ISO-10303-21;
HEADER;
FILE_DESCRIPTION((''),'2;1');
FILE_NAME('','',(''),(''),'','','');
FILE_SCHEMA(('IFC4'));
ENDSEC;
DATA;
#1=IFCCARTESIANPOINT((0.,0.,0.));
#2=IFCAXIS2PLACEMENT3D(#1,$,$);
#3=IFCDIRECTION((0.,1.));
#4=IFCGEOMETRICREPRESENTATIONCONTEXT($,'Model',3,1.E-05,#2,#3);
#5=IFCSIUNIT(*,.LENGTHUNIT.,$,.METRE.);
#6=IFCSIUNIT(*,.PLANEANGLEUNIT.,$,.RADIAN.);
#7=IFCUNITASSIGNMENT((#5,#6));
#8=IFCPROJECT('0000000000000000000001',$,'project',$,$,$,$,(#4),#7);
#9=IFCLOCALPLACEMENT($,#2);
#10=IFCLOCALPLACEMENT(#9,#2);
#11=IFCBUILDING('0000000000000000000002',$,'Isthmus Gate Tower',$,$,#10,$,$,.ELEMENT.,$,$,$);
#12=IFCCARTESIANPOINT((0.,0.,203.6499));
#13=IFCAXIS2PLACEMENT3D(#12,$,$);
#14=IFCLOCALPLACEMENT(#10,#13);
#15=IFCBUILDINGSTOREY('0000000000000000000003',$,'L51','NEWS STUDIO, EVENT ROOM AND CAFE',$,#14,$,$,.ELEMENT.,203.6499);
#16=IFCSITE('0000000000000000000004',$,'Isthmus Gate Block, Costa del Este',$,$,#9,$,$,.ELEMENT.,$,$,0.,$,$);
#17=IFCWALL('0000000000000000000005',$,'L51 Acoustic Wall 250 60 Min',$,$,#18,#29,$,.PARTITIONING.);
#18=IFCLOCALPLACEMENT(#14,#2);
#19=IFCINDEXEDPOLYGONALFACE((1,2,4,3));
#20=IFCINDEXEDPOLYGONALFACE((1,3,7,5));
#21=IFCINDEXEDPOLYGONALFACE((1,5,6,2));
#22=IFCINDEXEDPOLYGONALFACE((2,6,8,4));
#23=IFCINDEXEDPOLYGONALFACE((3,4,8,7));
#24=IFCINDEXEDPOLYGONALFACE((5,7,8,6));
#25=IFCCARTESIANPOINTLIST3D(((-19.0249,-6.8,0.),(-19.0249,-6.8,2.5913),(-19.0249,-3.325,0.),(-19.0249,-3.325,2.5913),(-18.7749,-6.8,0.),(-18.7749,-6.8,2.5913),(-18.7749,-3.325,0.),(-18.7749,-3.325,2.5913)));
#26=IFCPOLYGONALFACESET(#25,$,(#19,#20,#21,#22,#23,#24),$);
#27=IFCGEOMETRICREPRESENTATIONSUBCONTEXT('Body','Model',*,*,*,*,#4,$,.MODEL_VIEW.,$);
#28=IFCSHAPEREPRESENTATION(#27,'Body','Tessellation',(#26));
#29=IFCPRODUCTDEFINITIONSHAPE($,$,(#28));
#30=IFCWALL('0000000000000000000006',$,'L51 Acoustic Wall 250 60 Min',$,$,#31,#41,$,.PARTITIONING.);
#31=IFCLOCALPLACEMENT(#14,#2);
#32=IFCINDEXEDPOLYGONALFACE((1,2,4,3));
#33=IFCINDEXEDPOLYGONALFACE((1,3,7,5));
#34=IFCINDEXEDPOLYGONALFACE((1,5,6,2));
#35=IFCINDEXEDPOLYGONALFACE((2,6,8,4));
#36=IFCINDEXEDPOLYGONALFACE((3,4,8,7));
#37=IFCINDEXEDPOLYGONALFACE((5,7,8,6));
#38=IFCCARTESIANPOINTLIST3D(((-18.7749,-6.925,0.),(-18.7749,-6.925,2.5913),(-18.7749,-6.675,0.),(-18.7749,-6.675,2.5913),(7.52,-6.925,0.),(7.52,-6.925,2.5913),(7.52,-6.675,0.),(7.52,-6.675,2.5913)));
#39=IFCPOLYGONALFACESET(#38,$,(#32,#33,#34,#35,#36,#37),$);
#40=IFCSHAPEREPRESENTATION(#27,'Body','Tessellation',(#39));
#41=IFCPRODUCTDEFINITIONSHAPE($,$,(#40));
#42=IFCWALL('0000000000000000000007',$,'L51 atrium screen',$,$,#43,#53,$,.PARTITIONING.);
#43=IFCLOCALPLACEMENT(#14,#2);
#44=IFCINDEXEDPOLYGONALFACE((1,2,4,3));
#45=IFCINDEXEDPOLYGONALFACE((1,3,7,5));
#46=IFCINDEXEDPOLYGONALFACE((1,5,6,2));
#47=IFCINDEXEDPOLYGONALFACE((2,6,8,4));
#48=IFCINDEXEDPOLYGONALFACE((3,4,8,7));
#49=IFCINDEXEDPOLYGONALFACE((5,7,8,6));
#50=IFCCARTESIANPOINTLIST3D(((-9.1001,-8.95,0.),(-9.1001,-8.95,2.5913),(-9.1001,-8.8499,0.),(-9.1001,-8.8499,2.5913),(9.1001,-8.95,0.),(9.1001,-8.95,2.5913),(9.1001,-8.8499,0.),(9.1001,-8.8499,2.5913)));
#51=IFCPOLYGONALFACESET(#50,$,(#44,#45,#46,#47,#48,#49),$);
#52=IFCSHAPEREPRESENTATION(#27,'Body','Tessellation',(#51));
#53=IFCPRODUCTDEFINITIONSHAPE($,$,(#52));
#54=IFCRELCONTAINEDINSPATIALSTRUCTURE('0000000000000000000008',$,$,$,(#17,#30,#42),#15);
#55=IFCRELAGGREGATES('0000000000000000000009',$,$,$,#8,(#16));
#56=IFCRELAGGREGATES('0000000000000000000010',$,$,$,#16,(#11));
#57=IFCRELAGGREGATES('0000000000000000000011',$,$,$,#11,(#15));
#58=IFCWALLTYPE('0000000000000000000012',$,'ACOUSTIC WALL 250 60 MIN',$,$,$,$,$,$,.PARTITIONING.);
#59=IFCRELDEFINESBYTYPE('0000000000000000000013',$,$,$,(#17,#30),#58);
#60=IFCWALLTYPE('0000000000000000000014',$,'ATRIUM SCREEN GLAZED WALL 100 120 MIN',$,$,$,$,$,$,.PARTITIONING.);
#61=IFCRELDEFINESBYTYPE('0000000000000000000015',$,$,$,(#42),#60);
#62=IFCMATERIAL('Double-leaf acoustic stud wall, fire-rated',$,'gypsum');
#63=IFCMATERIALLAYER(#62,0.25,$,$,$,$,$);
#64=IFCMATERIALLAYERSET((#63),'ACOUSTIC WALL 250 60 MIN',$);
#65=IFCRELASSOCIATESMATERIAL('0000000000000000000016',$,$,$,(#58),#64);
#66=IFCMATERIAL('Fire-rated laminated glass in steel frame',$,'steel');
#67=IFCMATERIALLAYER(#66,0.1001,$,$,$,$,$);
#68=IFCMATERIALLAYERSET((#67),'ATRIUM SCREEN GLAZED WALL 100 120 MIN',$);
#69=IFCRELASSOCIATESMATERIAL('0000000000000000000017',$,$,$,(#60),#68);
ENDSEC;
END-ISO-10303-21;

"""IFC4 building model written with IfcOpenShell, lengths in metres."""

from ifc_helpers import new_model, si_unit, direction, frame, frame_2d, origin, place, context, subcontext, project, spatial, rectangle, extrude, material, layer, layer_set, type_object, element, save


model = new_model("IFC4")

# Units and contexts
model_context = context("Model", 3, precision=1e-05, world=origin(), true_north=direction((0.0, 1.0)))
body_context = subcontext(model_context, "Body", "Model", "MODEL_VIEW")
ifc_project = project(units=[si_unit("LENGTHUNIT", "METRE"), si_unit("PLANEANGLEUNIT", "RADIAN")], contexts=[model_context])

# Site, building, storey
site_placement = place(None, origin())
site = spatial("IfcSite", under=ifc_project, at=site_placement, Name="Isthmus Gate Block, Costa del Este", CompositionType="ELEMENT", RefElevation=0.0)
building_placement = place(site_placement, origin())
building = spatial("IfcBuilding", under=site, at=building_placement, Name="Isthmus Gate Tower", CompositionType="ELEMENT")
storey_placement = place(building_placement, frame((0.0, 0.0, 203.6499)))
storey = spatial("IfcBuildingStorey", under=building, at=storey_placement, Name="L51", Description="NEWS STUDIO, EVENT ROOM AND CAFE", CompositionType="ELEMENT", Elevation=203.6499)

# Walls
ifc_material_1 = material(Name="Double-leaf acoustic stud wall, fire-rated", Category="gypsum")
ifc_layer_1 = layer(ifc_material_1, 0.25)
ifc_layer_set_1 = layer_set([ifc_layer_1], Name="ACOUSTIC WALL 250 60 MIN")
wall_type_1 = type_object("IfcWallType", Name="ACOUSTIC WALL 250 60 MIN", PredefinedType="PARTITIONING", material=ifc_layer_set_1)
wall_1_placement = place(storey_placement, frame((-18.8999, -3.325, 0.0), z_axis=(0.0, 0.0, 1.0), x_axis=(0.0, -1.0, 0.0)))
element("IfcWall", 1, at=wall_1_placement, inside=storey, type_object=wall_type_1, Name="L51 Acoustic Wall 250 60 Min", PredefinedType="PARTITIONING", context=body_context, shape_type="SweptSolid", body=[
    extrude(rectangle(XDim=3.4751, YDim=0.25, at=frame_2d((1.7375, 0.0))), origin(), (0.0, 0.0, 1.0), 2.5913),
])
wall_2_placement = place(storey_placement, frame((-18.7749, -6.8, 0.0), z_axis=(0.0, 0.0, 1.0), x_axis=(1.0, 0.0, 0.0)))
element("IfcWall", 2, at=wall_2_placement, inside=storey, type_object=wall_type_1, Name="L51 Acoustic Wall 250 60 Min", PredefinedType="PARTITIONING", context=body_context, shape_type="SweptSolid", body=[
    extrude(rectangle(XDim=26.2949, YDim=0.25, at=frame_2d((13.1475, 0.0))), origin(), (0.0, 0.0, 1.0), 2.5913),
])
ifc_material_2 = material(Name="Fire-rated laminated glass in steel frame", Category="steel")
ifc_layer_2 = layer(ifc_material_2, 0.1001)
ifc_layer_set_2 = layer_set([ifc_layer_2], Name="ATRIUM SCREEN GLAZED WALL 100 120 MIN")
wall_type_2 = type_object("IfcWallType", Name="ATRIUM SCREEN GLAZED WALL 100 120 MIN", PredefinedType="PARTITIONING", material=ifc_layer_set_2)
wall_3_placement = place(storey_placement, frame((-9.1001, -8.8999, 0.0), z_axis=(0.0, 0.0, 1.0), x_axis=(1.0, 0.0, 0.0)))
element("IfcWall", 3, at=wall_3_placement, inside=storey, type_object=wall_type_2, Name="L51 atrium screen", PredefinedType="PARTITIONING", context=body_context, shape_type="SweptSolid", body=[
    extrude(rectangle(XDim=18.2002, YDim=0.1001, at=frame_2d((9.1001, 0.0))), origin(), (0.0, 0.0, 1.0), 2.5913),
])

save(model, "model.ifc")
